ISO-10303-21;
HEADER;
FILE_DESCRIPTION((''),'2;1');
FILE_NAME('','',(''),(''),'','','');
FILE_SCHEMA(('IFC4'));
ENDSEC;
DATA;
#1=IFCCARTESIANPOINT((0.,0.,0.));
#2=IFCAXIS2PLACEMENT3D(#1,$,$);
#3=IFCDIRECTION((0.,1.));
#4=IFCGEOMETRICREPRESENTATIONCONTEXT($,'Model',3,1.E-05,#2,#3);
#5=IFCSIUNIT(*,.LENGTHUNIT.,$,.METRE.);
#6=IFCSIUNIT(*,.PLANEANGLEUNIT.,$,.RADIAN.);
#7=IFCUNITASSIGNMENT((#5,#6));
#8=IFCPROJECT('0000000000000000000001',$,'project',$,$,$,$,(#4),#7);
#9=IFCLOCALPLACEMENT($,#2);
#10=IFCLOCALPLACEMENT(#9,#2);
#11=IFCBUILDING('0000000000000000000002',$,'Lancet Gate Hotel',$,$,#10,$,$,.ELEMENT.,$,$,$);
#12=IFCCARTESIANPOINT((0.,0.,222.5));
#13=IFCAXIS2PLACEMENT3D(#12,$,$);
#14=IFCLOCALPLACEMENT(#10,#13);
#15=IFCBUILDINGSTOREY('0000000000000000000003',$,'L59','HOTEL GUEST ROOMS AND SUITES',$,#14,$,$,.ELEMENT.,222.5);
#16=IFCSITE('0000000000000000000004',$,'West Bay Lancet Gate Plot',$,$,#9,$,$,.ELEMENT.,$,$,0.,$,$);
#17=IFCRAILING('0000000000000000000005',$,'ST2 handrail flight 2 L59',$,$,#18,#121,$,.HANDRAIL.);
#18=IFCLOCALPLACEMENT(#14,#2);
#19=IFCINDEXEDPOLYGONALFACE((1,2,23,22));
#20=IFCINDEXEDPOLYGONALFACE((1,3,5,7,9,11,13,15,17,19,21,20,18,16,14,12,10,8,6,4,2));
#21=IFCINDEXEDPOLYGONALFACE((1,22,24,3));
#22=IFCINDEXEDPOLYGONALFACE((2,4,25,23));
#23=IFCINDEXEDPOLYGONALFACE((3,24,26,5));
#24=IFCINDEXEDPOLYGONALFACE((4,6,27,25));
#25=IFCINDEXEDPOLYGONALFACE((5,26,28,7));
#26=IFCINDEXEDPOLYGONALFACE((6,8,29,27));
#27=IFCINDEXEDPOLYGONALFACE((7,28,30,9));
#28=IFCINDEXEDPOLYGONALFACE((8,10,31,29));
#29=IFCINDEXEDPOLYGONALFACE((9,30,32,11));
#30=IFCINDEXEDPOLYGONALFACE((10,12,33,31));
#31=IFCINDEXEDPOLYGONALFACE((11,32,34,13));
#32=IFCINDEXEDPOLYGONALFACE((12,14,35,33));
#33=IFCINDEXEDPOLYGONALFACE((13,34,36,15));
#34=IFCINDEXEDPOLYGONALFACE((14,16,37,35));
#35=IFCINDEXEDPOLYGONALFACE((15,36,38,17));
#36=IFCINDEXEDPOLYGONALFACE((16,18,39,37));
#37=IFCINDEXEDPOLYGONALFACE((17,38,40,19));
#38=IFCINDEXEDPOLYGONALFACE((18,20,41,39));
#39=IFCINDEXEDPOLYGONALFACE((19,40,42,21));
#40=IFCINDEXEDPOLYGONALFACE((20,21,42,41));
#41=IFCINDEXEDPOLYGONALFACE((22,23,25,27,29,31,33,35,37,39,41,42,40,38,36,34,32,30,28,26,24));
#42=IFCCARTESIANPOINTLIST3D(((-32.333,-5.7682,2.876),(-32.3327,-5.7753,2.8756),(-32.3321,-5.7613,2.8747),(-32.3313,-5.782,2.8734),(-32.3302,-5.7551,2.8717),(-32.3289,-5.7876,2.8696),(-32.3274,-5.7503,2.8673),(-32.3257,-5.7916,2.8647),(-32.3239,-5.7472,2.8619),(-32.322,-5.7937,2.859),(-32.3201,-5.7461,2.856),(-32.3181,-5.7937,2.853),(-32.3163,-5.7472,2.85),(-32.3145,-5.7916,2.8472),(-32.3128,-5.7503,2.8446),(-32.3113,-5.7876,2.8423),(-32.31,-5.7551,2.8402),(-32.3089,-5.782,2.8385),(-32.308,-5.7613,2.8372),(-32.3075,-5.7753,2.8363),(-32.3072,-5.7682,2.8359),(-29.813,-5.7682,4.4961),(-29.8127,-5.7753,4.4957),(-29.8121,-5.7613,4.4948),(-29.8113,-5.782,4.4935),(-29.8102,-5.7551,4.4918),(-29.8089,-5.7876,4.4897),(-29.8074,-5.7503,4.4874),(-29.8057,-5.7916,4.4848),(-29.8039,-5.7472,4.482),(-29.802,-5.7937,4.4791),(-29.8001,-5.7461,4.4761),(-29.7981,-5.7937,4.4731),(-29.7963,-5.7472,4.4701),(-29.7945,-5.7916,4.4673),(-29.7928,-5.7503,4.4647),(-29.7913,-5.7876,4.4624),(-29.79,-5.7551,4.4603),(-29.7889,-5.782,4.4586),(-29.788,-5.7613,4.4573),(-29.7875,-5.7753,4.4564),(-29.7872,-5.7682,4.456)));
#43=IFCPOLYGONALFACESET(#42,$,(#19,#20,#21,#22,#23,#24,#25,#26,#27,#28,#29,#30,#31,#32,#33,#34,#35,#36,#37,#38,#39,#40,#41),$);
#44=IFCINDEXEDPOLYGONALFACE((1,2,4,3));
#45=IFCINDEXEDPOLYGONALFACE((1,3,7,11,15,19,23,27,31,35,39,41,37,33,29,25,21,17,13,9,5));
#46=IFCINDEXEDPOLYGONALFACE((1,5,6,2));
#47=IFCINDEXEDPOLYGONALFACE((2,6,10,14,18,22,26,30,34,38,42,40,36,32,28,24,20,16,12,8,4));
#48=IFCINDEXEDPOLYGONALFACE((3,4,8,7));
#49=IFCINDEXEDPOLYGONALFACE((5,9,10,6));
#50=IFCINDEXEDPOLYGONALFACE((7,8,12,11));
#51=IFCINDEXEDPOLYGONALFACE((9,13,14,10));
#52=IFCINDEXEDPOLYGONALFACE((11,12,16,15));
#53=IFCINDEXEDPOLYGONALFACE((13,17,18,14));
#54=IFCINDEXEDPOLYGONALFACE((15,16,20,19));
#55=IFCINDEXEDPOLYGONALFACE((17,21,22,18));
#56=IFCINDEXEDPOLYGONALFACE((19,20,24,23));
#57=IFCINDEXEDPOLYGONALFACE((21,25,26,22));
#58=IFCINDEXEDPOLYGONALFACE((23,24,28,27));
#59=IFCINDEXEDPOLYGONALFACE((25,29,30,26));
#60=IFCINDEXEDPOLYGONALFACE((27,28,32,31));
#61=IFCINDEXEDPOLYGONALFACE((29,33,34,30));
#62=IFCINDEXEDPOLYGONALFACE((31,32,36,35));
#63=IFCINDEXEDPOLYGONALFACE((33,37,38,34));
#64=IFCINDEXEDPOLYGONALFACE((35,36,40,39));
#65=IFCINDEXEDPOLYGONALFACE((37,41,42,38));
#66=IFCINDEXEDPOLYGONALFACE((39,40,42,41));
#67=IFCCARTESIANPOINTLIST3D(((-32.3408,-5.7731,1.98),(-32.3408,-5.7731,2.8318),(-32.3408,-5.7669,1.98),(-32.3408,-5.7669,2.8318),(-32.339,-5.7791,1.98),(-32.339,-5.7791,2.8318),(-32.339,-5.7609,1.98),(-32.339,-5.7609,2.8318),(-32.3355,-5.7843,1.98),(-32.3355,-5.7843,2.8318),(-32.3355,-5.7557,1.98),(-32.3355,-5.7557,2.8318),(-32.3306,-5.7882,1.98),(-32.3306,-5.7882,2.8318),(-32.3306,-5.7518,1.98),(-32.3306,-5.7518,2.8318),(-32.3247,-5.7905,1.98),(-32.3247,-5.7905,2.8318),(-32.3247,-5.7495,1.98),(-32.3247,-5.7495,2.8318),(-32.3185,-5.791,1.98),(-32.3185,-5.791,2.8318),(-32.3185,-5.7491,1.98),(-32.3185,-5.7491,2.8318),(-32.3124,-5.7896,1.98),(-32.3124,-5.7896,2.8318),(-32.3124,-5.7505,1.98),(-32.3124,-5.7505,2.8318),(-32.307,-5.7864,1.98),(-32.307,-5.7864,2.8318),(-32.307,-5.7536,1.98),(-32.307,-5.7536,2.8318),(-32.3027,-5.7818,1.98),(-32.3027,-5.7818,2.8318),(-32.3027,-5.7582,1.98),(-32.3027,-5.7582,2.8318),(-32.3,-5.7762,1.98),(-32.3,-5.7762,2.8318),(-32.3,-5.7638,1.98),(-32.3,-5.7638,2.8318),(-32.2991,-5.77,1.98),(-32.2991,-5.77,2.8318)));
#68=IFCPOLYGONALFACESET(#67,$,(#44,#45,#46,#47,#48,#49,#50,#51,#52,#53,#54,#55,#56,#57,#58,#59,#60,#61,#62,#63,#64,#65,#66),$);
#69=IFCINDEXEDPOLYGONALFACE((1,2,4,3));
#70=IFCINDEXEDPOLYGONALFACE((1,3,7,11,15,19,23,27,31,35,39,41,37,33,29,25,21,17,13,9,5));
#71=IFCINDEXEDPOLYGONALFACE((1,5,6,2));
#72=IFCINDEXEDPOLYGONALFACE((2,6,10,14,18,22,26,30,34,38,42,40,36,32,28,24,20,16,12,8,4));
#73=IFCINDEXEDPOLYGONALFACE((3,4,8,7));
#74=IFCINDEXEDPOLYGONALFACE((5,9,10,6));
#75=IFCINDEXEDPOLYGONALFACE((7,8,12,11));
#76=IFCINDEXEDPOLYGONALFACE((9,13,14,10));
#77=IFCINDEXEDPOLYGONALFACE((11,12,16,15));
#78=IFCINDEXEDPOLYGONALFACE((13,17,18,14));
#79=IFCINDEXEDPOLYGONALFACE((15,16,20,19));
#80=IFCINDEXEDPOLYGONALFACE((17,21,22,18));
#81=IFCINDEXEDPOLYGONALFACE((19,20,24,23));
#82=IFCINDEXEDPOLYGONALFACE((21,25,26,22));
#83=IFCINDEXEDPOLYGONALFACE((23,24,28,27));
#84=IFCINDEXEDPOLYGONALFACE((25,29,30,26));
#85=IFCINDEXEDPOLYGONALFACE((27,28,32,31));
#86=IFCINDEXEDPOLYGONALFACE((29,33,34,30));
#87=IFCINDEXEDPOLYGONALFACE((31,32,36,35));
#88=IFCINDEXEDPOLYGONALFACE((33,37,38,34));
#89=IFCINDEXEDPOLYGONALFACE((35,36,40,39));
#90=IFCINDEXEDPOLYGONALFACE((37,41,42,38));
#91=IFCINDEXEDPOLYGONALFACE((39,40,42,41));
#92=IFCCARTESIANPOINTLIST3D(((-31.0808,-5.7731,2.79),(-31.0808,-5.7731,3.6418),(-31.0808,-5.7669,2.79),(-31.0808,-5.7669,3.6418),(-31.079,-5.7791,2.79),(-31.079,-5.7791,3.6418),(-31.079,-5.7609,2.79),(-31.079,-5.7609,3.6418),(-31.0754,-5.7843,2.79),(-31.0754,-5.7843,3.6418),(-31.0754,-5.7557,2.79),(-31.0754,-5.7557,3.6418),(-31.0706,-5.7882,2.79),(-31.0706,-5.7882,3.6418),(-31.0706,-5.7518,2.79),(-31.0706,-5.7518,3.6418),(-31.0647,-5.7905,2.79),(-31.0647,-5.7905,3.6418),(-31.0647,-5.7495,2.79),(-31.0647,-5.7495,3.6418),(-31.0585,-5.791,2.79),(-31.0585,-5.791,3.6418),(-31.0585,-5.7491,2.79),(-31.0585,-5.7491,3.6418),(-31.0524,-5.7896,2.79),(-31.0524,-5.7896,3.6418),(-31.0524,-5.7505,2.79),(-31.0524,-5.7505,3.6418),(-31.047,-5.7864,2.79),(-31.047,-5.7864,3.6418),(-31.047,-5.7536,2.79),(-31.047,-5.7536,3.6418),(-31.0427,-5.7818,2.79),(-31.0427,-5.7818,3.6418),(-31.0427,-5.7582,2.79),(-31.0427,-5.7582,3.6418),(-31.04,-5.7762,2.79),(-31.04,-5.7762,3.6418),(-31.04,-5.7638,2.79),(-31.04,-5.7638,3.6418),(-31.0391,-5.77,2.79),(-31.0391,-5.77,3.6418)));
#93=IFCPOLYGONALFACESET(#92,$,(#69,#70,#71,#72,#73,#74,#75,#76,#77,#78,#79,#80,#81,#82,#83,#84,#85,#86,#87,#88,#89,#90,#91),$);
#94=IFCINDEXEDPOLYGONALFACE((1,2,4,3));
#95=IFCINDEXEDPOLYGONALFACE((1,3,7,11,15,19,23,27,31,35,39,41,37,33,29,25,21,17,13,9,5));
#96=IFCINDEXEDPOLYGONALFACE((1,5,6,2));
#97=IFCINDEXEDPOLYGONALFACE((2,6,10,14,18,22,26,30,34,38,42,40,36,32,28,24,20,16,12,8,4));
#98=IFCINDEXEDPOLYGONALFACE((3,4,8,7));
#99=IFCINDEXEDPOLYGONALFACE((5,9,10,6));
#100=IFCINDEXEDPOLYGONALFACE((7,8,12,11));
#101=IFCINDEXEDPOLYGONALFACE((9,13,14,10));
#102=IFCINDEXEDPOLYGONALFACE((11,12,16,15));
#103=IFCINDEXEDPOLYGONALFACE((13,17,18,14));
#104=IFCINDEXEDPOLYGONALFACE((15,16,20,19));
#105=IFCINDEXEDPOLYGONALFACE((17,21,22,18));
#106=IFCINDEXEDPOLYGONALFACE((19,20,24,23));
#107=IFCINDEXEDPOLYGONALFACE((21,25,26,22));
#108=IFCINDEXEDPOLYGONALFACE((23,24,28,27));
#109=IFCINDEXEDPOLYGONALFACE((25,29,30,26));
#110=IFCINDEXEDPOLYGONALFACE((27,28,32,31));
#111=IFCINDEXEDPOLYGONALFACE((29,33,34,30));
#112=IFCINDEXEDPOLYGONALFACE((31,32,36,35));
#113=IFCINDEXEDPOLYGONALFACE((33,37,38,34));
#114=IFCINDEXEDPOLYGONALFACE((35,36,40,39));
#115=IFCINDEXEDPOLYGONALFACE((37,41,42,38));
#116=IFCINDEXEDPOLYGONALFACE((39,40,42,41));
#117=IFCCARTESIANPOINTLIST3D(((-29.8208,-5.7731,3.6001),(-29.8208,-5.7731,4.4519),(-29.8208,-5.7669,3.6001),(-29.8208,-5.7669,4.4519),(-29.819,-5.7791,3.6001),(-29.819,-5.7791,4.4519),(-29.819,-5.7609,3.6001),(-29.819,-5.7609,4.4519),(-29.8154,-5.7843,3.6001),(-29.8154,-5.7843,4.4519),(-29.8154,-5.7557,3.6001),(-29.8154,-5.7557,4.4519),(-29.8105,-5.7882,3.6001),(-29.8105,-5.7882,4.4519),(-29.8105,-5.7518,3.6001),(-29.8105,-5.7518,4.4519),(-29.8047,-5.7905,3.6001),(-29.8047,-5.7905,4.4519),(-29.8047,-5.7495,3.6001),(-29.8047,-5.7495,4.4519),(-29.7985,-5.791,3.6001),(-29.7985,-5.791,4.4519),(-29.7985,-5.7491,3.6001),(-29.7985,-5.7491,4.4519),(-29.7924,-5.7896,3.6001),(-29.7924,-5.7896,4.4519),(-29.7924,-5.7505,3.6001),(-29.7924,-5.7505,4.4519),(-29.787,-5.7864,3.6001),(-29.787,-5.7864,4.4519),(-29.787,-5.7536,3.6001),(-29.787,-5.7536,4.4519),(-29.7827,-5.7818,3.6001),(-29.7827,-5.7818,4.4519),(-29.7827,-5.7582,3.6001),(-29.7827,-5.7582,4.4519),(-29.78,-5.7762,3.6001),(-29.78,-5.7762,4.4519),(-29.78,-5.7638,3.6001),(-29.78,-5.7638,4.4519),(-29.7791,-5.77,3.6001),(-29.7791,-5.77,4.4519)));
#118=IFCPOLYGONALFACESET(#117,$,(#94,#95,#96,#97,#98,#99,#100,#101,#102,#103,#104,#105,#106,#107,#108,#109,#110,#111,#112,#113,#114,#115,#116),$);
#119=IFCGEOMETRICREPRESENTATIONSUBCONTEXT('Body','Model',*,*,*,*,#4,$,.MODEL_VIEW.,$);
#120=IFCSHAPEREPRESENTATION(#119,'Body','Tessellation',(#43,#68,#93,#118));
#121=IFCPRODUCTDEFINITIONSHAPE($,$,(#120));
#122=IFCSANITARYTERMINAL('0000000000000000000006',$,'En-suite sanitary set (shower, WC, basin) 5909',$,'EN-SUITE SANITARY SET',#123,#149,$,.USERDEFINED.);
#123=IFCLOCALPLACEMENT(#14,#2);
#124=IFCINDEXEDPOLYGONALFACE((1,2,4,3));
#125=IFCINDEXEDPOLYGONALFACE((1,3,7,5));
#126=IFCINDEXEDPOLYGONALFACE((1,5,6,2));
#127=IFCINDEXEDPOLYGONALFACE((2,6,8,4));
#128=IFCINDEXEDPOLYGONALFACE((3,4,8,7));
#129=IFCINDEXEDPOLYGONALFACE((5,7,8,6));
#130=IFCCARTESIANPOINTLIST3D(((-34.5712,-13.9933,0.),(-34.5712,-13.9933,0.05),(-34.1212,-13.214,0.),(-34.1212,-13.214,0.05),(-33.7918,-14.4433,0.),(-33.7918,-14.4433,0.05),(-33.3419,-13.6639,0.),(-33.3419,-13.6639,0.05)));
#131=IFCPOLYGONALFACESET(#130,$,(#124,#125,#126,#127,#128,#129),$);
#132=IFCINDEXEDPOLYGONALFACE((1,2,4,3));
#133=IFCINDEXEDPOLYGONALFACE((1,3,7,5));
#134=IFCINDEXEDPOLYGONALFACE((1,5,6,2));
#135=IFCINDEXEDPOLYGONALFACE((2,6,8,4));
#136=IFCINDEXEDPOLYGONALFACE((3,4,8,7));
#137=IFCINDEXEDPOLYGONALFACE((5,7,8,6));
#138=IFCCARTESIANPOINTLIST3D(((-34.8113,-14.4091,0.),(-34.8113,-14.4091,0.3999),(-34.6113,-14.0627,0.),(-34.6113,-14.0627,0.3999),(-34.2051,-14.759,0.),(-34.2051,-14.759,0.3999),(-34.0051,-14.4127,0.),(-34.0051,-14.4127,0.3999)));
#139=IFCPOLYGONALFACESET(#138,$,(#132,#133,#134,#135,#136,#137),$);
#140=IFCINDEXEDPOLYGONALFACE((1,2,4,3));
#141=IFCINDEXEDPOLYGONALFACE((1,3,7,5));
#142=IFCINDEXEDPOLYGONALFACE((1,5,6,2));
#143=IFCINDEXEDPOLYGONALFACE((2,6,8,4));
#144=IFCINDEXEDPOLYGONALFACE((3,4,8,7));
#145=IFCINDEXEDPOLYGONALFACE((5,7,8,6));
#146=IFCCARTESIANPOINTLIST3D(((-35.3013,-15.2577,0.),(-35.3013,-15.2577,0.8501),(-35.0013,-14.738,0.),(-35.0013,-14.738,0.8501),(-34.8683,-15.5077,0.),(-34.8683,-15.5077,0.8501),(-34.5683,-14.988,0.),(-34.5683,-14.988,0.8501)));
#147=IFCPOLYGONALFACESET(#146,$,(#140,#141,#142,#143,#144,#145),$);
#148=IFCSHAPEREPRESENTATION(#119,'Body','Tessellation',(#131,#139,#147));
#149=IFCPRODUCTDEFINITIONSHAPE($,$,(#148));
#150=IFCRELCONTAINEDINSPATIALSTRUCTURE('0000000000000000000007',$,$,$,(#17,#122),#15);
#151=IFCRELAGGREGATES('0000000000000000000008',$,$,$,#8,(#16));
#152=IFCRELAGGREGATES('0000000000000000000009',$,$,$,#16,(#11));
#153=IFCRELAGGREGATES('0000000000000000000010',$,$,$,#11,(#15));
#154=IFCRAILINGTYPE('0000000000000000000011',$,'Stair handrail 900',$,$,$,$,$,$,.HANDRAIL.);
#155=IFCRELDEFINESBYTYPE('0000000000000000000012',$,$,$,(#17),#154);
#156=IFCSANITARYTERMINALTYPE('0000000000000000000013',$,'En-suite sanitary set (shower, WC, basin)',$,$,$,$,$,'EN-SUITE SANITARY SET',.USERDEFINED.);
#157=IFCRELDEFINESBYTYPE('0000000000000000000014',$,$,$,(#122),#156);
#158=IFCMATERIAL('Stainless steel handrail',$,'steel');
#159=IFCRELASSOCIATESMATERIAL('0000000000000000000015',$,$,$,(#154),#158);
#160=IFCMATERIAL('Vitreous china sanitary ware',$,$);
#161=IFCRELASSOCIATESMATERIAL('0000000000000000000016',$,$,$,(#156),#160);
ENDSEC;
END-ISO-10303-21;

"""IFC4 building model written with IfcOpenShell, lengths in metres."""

from ifc_helpers import new_model, si_unit, direction, frame, origin, origin_2d, place, context, subcontext, project, spatial, rectangle, circle, extrude, material, type_object, element, save


model = new_model("IFC4")

# Units and contexts
model_context = context("Model", 3, precision=1e-05, world=origin(), true_north=direction((0.0, 1.0)))
body_context = subcontext(model_context, "Body", "Model", "MODEL_VIEW")
ifc_project = project(units=[si_unit("LENGTHUNIT", "METRE"), si_unit("PLANEANGLEUNIT", "RADIAN")], contexts=[model_context])

# Site, building, storey
site_placement = place(None, origin())
site = spatial("IfcSite", under=ifc_project, at=site_placement, Name="West Bay Lancet Gate Plot", CompositionType="ELEMENT", RefElevation=0.0)
building_placement = place(site_placement, origin())
building = spatial("IfcBuilding", under=site, at=building_placement, Name="Lancet Gate Hotel", CompositionType="ELEMENT")
storey_placement = place(building_placement, frame((0.0, 0.0, 222.5)))
storey = spatial("IfcBuildingStorey", under=building, at=storey_placement, Name="L59", Description="HOTEL GUEST ROOMS AND SUITES", CompositionType="ELEMENT", Elevation=222.5)

# Railing
ifc_material_1 = material(Name="Stainless steel handrail", Category="steel")
railing_type = type_object("IfcRailingType", Name="Stair handrail 900", PredefinedType="HANDRAIL", material=ifc_material_1)
railing_1_placement = place(storey_placement, frame((-32.3201, -5.77, 1.98)))
element("IfcRailing", 1, at=railing_1_placement, inside=storey, type_object=railing_type, Name="ST2 handrail flight 2 L59", PredefinedType="HANDRAIL", context=body_context, shape_type="SweptSolid", body=[
    extrude(circle(Radius=0.0239, at=origin_2d()), frame((0.0, 0.0, 0.876), z_axis=(0.841163, 0.0, 0.540782), x_axis=(0.0, 1.0, 0.0)), (0.0, 0.0, 1.0), 2.9958),
    extrude(circle(Radius=0.021, at=origin_2d()), origin(), (0.0, 0.0, 1.0), 0.8518),
    extrude(circle(Radius=0.021, at=origin_2d()), frame((1.26, 0.0, 0.8101)), (0.0, 0.0, 1.0), 0.8518),
    extrude(circle(Radius=0.021, at=origin_2d()), frame((2.52, 0.0, 1.6201)), (0.0, 0.0, 1.0), 0.8518),
])

# Sanitary terminal
ifc_material_2 = material(Name="Vitreous china sanitary ware")
sanitary_terminal_type = type_object("IfcSanitaryTerminalType", Name="En-suite sanitary set (shower, WC, basin)", ElementType="EN-SUITE SANITARY SET", PredefinedType="USERDEFINED", material=ifc_material_2)
sanitary_terminal_placement = place(storey_placement, frame((-33.9565, -13.8286, 0.0), z_axis=(0.0, 0.0, 1.0), x_axis=(1.0, 0.0, 0.0)))
element("IfcSanitaryTerminal", 2, at=sanitary_terminal_placement, inside=storey, type_object=sanitary_terminal_type, Name="En-suite sanitary set (shower, WC, basin) 5909", ObjectType="EN-SUITE SANITARY SET", PredefinedType="USERDEFINED", context=body_context, shape_type="SweptSolid", body=[
    extrude(rectangle(XDim=0.8999, YDim=0.8999, at=origin_2d()), frame((0.0, 0.0, 0.0), z_axis=(0.0, 0.0, 1.0), x_axis=(0.5, 0.866025, 0.0)), (0.0, 0.0, 1.0), 0.05),
    extrude(rectangle(XDim=0.3999, YDim=0.7, at=origin_2d()), frame((-0.4517, -0.5823, 0.0), z_axis=(0.0, 0.0, 1.0), x_axis=(0.5, 0.866025, 0.0)), (0.0, 0.0, 1.0), 0.3999),
    extrude(rectangle(XDim=0.6001, YDim=0.5, at=origin_2d()), frame((-0.9783, -1.2942, 0.0), z_axis=(0.0, 0.0, 1.0), x_axis=(0.5, 0.866025, 0.0)), (0.0, 0.0, 1.0), 0.8501),
])

save(model, "model.ifc")
